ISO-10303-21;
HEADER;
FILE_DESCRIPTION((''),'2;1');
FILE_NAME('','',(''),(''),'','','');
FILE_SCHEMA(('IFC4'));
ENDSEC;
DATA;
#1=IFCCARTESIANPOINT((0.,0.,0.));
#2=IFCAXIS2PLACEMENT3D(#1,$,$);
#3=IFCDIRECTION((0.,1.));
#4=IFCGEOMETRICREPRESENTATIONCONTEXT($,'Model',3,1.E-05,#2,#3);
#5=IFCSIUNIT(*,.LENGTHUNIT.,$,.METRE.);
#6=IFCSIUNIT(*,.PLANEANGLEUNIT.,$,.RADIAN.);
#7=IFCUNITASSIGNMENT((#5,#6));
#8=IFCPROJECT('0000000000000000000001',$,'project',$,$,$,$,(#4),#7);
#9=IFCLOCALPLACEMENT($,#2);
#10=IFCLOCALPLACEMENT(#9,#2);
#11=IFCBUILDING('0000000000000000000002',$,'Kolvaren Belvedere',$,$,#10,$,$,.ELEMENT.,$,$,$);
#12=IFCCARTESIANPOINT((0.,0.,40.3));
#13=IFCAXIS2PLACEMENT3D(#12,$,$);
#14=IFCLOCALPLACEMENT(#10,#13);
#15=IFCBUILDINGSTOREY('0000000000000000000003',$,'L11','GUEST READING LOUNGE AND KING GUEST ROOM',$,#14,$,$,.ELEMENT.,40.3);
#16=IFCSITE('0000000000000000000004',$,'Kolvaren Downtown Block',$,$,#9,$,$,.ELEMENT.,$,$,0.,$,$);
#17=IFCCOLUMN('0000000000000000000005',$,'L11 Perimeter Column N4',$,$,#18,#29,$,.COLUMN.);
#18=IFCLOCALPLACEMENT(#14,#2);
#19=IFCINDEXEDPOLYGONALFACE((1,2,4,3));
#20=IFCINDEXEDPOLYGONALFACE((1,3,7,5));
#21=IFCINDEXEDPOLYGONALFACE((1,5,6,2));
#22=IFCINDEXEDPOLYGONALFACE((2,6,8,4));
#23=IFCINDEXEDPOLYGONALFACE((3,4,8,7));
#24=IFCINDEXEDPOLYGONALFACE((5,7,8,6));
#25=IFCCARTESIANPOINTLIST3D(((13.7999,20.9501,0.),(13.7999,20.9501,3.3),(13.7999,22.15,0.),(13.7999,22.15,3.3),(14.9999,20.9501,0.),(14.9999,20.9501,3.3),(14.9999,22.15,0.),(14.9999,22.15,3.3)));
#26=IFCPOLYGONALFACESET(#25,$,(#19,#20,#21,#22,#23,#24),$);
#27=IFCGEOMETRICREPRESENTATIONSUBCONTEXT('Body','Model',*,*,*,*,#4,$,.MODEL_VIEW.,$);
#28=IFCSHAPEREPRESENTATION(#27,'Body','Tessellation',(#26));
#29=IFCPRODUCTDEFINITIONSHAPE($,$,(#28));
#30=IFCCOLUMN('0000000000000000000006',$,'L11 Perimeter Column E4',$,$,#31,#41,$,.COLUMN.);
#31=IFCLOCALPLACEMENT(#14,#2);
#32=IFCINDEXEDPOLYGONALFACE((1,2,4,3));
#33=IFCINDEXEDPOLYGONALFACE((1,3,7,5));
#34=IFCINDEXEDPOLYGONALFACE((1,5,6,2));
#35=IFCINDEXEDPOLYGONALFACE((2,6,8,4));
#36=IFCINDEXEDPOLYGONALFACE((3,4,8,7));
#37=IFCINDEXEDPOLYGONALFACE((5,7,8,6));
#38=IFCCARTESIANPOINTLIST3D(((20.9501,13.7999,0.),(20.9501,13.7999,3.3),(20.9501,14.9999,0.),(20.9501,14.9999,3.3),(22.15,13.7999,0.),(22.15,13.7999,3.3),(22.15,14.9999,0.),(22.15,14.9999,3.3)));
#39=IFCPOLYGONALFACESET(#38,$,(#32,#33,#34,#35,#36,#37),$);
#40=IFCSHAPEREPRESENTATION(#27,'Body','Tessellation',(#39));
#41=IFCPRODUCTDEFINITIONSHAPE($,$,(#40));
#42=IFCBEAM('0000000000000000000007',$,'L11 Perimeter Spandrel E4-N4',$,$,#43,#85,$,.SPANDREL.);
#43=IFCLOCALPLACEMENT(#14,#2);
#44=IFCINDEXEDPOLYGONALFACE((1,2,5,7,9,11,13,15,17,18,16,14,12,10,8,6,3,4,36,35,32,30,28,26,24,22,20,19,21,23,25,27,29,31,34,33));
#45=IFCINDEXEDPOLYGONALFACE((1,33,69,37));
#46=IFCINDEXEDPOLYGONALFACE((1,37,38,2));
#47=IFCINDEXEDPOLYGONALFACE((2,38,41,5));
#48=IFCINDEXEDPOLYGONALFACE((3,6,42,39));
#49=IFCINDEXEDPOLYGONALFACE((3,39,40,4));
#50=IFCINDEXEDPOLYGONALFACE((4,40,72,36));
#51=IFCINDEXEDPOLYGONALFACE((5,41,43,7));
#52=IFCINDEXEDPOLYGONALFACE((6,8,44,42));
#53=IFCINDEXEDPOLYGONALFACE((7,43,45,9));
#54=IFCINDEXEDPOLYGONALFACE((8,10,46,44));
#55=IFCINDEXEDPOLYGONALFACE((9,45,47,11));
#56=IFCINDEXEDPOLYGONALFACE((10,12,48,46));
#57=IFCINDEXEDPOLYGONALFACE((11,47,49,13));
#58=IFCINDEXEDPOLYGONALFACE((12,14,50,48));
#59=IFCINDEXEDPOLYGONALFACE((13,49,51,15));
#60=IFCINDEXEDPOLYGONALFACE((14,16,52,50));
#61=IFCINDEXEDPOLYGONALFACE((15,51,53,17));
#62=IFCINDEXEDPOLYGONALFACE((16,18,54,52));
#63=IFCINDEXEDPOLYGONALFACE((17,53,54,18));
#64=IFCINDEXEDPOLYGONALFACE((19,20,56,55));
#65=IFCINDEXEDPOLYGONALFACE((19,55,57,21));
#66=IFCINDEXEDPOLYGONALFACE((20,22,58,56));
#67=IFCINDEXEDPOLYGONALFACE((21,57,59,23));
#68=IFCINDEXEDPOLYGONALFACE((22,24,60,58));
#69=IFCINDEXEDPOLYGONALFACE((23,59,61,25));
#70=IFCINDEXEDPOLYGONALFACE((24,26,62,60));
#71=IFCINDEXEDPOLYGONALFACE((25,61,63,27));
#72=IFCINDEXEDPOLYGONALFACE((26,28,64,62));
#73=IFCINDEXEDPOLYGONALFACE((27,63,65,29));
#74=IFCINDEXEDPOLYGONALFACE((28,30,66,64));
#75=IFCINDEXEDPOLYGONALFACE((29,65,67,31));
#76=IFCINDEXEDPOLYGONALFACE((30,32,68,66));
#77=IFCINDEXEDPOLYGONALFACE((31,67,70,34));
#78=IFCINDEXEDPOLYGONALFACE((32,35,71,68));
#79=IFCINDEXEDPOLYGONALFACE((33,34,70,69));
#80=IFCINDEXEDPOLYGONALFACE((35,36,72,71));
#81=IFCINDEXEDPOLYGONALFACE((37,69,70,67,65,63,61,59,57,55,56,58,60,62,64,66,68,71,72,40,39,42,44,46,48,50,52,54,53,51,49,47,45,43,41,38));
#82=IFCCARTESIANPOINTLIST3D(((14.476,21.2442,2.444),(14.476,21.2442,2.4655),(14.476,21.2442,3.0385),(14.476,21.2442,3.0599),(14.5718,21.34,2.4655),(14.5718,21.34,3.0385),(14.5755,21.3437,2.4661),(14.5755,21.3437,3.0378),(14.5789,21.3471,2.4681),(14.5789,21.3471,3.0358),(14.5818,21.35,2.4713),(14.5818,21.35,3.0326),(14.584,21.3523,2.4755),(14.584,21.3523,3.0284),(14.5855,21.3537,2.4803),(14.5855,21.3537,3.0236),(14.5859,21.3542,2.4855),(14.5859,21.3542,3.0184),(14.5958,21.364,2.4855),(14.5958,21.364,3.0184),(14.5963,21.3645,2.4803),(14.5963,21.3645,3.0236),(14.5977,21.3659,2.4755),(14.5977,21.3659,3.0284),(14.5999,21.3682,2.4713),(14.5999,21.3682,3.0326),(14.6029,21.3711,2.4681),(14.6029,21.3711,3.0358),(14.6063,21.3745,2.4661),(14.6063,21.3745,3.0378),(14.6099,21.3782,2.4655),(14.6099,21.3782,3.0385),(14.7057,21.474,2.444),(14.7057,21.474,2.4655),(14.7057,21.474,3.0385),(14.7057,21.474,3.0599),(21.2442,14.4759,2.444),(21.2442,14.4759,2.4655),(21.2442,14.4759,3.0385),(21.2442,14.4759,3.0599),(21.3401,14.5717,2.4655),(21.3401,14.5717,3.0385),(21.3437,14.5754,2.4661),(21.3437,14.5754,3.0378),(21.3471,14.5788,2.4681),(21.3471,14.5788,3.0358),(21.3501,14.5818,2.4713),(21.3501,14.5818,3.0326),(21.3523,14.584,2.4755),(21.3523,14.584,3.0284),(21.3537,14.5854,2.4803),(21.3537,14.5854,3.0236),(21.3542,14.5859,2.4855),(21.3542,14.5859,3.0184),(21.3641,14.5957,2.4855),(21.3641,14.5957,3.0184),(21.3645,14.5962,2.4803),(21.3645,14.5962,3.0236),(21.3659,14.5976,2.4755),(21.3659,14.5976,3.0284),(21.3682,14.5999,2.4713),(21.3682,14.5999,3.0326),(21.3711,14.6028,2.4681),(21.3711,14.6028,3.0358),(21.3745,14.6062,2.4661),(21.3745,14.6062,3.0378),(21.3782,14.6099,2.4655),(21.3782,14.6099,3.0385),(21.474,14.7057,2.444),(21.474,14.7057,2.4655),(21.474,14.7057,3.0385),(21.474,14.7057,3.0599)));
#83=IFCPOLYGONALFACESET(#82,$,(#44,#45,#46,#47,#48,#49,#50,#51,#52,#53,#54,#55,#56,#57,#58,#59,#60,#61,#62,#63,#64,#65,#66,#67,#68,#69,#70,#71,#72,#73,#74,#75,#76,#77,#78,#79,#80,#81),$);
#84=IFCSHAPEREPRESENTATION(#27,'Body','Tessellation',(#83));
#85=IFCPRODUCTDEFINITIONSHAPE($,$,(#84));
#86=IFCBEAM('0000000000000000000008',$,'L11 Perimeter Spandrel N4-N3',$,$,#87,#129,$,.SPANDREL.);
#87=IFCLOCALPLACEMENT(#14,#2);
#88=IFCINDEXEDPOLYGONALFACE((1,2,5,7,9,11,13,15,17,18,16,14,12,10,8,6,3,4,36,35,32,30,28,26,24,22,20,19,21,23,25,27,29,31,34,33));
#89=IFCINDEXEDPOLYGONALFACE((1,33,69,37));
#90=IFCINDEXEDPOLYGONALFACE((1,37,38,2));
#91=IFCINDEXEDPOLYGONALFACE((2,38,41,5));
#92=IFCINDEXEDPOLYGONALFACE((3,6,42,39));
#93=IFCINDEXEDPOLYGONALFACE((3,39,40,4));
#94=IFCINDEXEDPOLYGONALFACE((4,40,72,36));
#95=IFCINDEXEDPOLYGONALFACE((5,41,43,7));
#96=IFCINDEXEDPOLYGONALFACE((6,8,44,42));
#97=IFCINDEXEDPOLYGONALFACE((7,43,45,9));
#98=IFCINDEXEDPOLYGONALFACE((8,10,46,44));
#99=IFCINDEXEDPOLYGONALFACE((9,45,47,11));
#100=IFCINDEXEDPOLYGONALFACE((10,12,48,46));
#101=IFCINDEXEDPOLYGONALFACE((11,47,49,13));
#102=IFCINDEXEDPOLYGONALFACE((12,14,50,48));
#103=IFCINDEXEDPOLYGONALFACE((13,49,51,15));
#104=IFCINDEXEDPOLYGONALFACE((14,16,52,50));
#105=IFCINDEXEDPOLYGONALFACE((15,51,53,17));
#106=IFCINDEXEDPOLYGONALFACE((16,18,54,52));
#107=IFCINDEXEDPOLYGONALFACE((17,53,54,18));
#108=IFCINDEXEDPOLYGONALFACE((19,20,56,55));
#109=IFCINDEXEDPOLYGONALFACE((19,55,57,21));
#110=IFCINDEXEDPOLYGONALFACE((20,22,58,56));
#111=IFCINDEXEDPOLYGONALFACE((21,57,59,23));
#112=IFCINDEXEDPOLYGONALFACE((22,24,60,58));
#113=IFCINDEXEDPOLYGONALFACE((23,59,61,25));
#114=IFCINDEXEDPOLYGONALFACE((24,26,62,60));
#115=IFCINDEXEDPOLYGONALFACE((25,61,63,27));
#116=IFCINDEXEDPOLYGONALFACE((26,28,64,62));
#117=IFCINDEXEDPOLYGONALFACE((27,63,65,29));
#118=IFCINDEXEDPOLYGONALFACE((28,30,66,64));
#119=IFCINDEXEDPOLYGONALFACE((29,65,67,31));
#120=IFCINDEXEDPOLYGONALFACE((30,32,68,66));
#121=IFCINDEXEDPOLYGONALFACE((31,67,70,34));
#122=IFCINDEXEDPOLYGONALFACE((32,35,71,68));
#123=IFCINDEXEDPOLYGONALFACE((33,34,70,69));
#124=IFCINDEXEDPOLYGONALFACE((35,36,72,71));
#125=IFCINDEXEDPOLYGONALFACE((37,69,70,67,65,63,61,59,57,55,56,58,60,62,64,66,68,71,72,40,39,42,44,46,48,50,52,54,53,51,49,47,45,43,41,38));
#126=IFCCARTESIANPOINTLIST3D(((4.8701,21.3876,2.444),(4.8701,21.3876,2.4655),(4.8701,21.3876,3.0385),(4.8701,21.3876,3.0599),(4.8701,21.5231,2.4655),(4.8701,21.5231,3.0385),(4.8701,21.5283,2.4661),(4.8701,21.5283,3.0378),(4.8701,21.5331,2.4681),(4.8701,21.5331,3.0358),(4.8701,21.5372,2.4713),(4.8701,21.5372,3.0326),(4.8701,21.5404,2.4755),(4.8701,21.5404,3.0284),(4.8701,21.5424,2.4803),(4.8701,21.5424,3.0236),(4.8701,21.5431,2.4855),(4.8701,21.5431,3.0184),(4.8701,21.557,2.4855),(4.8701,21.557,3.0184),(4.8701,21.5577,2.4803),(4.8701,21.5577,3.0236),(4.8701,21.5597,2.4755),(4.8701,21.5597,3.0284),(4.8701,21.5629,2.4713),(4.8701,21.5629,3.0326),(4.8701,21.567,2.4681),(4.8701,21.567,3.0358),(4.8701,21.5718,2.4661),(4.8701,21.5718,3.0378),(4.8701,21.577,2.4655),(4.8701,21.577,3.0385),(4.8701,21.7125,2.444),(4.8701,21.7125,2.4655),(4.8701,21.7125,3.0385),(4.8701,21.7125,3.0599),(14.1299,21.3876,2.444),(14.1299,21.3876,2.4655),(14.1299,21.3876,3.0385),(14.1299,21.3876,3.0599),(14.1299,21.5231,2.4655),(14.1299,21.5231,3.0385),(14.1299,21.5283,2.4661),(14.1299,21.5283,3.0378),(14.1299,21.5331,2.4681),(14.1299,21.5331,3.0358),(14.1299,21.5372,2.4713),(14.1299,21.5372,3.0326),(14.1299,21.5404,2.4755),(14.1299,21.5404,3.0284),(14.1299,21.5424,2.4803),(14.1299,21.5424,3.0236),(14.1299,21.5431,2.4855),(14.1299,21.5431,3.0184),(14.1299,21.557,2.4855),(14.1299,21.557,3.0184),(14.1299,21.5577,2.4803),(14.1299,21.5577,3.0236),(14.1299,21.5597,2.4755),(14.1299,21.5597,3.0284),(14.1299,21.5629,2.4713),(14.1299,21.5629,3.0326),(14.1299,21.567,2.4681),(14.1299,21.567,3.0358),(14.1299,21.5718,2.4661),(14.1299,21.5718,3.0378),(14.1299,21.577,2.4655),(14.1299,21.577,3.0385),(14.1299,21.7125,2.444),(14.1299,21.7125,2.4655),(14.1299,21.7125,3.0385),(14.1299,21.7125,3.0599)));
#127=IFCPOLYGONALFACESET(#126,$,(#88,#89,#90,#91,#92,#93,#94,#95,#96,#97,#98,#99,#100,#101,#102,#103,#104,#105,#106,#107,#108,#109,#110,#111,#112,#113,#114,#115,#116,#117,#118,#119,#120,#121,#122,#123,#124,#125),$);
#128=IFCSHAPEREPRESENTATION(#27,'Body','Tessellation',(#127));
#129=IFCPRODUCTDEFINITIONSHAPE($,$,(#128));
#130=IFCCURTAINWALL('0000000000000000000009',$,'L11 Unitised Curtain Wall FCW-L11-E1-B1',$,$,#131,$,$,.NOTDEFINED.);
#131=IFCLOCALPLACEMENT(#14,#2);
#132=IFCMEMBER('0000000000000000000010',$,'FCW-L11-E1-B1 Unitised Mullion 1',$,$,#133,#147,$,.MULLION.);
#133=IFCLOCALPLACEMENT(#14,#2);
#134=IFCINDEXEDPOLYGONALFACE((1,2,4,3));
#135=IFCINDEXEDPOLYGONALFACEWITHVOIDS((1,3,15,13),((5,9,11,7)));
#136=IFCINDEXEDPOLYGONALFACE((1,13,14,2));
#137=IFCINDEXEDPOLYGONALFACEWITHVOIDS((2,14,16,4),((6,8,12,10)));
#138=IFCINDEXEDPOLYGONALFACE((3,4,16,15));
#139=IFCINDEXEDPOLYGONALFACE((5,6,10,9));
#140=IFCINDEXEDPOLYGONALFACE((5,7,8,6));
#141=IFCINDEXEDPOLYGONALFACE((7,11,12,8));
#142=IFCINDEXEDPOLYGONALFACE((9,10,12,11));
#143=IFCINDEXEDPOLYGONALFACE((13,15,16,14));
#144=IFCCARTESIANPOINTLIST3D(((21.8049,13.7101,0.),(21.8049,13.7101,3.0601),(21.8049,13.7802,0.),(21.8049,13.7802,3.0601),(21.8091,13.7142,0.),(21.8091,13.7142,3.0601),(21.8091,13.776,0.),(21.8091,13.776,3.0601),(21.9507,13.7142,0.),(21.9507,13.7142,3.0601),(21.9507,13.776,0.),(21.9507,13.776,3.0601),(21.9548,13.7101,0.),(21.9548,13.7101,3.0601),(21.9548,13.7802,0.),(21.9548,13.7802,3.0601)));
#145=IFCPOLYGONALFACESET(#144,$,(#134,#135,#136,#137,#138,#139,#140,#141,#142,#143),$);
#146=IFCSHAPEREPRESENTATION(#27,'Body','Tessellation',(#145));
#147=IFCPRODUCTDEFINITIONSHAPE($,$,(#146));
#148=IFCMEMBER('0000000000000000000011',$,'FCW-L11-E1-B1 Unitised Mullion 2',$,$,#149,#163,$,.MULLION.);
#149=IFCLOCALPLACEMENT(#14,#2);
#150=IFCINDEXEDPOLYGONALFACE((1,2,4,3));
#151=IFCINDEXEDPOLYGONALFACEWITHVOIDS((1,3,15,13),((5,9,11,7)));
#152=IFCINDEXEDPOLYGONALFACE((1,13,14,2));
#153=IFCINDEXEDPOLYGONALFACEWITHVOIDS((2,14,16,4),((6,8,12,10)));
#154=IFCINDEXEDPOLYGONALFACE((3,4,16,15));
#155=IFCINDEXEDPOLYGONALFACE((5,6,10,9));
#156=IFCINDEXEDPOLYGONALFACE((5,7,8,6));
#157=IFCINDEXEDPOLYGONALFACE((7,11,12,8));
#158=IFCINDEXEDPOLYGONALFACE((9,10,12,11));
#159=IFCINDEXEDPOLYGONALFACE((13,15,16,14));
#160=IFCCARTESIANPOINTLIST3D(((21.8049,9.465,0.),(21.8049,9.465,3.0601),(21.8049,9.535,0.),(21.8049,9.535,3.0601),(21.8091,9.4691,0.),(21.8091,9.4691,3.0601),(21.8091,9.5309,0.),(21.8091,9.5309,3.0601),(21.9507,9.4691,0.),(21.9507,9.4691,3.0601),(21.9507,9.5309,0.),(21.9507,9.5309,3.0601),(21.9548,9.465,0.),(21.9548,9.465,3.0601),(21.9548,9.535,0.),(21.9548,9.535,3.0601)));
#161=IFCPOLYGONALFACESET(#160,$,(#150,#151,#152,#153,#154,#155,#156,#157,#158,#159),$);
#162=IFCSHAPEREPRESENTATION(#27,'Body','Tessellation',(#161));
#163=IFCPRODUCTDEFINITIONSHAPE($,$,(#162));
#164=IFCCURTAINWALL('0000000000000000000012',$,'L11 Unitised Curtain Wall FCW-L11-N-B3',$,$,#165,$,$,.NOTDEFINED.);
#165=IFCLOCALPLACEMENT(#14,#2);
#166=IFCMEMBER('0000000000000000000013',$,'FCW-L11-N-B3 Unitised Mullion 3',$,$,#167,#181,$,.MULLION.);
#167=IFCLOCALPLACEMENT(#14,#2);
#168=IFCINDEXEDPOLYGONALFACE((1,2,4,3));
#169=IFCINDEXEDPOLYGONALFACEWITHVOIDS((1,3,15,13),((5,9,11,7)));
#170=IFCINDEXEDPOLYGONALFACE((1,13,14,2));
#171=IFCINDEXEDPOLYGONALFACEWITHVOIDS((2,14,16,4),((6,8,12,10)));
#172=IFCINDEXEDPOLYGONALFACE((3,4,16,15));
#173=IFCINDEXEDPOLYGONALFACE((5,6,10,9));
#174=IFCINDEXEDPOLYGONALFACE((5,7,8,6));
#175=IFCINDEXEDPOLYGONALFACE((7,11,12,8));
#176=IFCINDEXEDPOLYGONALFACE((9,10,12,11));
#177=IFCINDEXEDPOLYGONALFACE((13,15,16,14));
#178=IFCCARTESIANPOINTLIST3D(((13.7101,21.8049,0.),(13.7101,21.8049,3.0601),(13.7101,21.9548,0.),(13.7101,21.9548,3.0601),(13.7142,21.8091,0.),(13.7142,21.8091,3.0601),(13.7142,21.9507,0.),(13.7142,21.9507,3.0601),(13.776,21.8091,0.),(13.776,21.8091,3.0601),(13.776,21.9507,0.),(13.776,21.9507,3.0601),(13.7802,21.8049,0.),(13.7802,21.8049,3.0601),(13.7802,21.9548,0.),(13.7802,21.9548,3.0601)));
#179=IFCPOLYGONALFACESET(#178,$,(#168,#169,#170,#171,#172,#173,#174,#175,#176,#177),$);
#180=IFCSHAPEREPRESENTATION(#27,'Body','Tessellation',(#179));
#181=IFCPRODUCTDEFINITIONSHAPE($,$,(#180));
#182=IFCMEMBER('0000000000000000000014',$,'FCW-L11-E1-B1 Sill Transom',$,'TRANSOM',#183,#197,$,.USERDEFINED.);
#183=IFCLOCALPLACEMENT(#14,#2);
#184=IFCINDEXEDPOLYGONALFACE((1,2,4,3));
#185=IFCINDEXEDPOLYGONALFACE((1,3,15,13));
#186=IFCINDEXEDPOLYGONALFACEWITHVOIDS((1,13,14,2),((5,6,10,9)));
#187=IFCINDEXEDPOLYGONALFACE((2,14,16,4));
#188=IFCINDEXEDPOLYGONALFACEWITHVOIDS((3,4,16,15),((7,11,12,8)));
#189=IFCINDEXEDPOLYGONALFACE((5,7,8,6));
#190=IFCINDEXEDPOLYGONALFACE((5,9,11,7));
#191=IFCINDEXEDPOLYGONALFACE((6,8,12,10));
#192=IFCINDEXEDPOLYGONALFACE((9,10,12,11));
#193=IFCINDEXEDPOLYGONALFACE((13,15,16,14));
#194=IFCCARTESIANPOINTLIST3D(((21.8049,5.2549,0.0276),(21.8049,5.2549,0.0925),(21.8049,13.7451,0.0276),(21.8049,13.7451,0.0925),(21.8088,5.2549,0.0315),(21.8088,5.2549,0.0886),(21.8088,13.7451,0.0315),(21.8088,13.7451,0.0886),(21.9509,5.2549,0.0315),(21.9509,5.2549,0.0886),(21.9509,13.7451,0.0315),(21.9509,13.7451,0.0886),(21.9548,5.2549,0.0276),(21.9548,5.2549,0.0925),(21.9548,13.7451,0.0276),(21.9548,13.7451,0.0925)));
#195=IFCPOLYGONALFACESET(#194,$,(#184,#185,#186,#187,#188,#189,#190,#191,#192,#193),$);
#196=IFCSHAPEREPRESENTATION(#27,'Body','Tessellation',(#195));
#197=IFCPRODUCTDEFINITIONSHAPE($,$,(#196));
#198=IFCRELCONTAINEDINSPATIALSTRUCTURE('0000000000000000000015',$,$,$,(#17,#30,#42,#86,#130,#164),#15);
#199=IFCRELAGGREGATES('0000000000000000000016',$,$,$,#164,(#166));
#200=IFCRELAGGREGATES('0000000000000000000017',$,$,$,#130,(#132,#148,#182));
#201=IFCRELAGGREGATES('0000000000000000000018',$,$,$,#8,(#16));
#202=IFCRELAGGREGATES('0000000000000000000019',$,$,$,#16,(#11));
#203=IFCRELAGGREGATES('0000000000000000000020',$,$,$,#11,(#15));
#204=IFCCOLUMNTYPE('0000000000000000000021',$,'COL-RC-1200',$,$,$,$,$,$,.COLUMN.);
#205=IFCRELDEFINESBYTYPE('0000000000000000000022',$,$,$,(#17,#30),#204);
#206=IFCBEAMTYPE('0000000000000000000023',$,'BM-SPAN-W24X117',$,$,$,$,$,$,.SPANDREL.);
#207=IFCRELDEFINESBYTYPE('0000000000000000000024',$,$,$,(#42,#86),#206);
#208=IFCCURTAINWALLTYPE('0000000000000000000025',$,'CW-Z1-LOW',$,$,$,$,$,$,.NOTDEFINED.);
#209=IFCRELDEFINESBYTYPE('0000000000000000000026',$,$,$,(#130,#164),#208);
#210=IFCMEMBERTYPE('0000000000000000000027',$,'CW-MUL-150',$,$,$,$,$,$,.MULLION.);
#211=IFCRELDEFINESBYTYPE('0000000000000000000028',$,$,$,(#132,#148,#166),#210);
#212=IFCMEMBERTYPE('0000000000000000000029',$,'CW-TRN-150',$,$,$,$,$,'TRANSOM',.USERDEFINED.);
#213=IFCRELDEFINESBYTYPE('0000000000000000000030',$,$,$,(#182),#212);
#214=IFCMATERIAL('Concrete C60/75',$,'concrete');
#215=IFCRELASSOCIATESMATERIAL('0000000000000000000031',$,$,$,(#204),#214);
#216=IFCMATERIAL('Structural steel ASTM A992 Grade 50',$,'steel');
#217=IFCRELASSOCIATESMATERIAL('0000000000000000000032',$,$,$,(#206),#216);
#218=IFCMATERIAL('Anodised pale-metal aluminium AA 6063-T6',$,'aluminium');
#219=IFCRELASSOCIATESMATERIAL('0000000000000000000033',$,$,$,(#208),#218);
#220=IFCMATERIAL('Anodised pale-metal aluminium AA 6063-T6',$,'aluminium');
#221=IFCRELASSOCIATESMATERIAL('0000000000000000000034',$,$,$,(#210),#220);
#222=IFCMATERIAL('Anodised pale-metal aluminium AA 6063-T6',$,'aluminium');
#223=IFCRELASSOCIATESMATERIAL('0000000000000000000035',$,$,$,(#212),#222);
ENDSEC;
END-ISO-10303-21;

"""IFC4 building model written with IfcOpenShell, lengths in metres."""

from ifc_helpers import new_model, si_unit, direction, frame, origin, origin_2d, place, context, subcontext, project, spatial, rectangle, hollow_rectangle, i_section, extrude, material, material_profile, profile_set, type_object, element, aggregate, save


model = new_model("IFC4")

# Units and contexts
model_context = context("Model", 3, precision=1e-05, world=origin(), true_north=direction((0.0, 1.0)))
body_context = subcontext(model_context, "Body", "Model", "MODEL_VIEW")
ifc_project = project(units=[si_unit("LENGTHUNIT", "METRE"), si_unit("PLANEANGLEUNIT", "RADIAN")], contexts=[model_context])

# Site, building, storey
site_placement = place(None, origin())
site = spatial("IfcSite", under=ifc_project, at=site_placement, Name="Kolvaren Downtown Block", CompositionType="ELEMENT", RefElevation=0.0)
building_placement = place(site_placement, origin())
building = spatial("IfcBuilding", under=site, at=building_placement, Name="Kolvaren Belvedere", CompositionType="ELEMENT")
storey_placement = place(building_placement, frame((0.0, 0.0, 40.3)))
storey = spatial("IfcBuildingStorey", under=building, at=storey_placement, Name="L11", Description="GUEST READING LOUNGE AND KING GUEST ROOM", CompositionType="ELEMENT", Elevation=40.3)

# Columns
ifc_material_1 = material(Name="Concrete C60/75", Category="concrete")
ifc_material_profile_1 = material_profile(ifc_material_1, rectangle(XDim=1.2, YDim=1.2, at=origin_2d()), Name="RC 1200X1200")
ifc_profile_set_1 = profile_set([ifc_material_profile_1], Name="Concrete C60/75")
column_type = type_object("IfcColumnType", Name="COL-RC-1200", PredefinedType="COLUMN", material=ifc_profile_set_1)
for number, where, z_axis, x_axis, name in (
    (1, (14.3999, 21.55, 0.0), (0.0, 0.0, 1.0), (1.0, 0.0, 0.0), "L11 Perimeter Column N4"),
    (2, (21.55, 14.3999, 0.0), (0.0, 0.0, 1.0), (1.0, 0.0, 0.0), "L11 Perimeter Column E4"),
):
    element("IfcColumn", number, at=place(storey_placement, frame(where, z_axis=z_axis, x_axis=x_axis)), inside=storey, type_object=column_type, Name=name, PredefinedType="COLUMN", context=body_context, shape_type="SweptSolid", body=[
        extrude(rectangle(XDim=1.2, YDim=1.2, at=origin_2d()), origin(), (0.0, 0.0, 1.0), 3.3),
    ])

# Beams
ifc_material_2 = material(Name="Structural steel ASTM A992 Grade 50", Category="steel")
ifc_material_profile_2 = material_profile(ifc_material_2, i_section(OverallWidth=0.325, OverallDepth=0.616, WebThickness=0.0139, FlangeThickness=0.0215, FilletRadius=0.02, at=origin_2d()), Name="W24X117")
ifc_profile_set_2 = profile_set([ifc_material_profile_2], Name="Structural steel ASTM A992 Grade 50")
beam_type = type_object("IfcBeamType", Name="BM-SPAN-W24X117", PredefinedType="SPANDREL", material=ifc_profile_set_2)
beam_1_placement = place(storey_placement, frame((21.3591, 14.5908, 2.752), z_axis=(-0.707107, 0.707107, 0.0), x_axis=(-0.707107, -0.707107, 0.0)))
element("IfcBeam", 3, at=beam_1_placement, inside=storey, type_object=beam_type, Name="L11 Perimeter Spandrel E4-N4", PredefinedType="SPANDREL", context=body_context, shape_type="SweptSolid", body=[
    extrude(i_section(OverallWidth=0.325, OverallDepth=0.616, WebThickness=0.0139, FlangeThickness=0.0215, FilletRadius=0.02, at=origin_2d()), origin(), (0.0, 0.0, 1.0), 9.5718),
])
beam_2_placement = place(storey_placement, frame((14.1299, 21.55, 2.752), z_axis=(-1.0, 0.0, 0.0), x_axis=(0.0, -1.0, 0.0)))
element("IfcBeam", 4, at=beam_2_placement, inside=storey, type_object=beam_type, Name="L11 Perimeter Spandrel N4-N3", PredefinedType="SPANDREL", context=body_context, shape_type="SweptSolid", body=[
    extrude(i_section(OverallWidth=0.325, OverallDepth=0.616, WebThickness=0.0139, FlangeThickness=0.0215, FilletRadius=0.02, at=origin_2d()), origin(), (0.0, 0.0, 1.0), 9.2598),
])

# Curtain wall, members
ifc_material_3 = material(Name="Anodised pale-metal aluminium AA 6063-T6", Category="aluminium")
curtain_wall_type = type_object("IfcCurtainWallType", Name="CW-Z1-LOW", PredefinedType="NOTDEFINED", material=ifc_material_3)
curtain_wall_1_placement = place(storey_placement, origin())
curtain_wall_1 = element("IfcCurtainWall", 5, at=curtain_wall_1_placement, inside=storey, type_object=curtain_wall_type, Name="L11 Unitised Curtain Wall FCW-L11-E1-B1", PredefinedType="NOTDEFINED")
ifc_material_4 = material(Name="Anodised pale-metal aluminium AA 6063-T6", Category="aluminium")
ifc_material_profile_3 = material_profile(ifc_material_4, hollow_rectangle(XDim=0.0701, YDim=0.1499, WallThickness=0.0042, at=origin_2d()), Name="ALU-MUL-150X70")
ifc_profile_set_3 = profile_set([ifc_material_profile_3], Name="Anodised pale-metal aluminium AA 6063-T6")
member_type_1 = type_object("IfcMemberType", Name="CW-MUL-150", PredefinedType="MULLION", material=ifc_profile_set_3)
member_1_placement = place(storey_placement, frame((21.8799, 13.7451, 0.0), z_axis=(0.0, 0.0, 1.0), x_axis=(0.0, 1.0, 0.0)))
member_1 = element("IfcMember", 6, at=member_1_placement, type_object=member_type_1, Name="FCW-L11-E1-B1 Unitised Mullion 1", PredefinedType="MULLION", context=body_context, shape_type="SweptSolid", body=[
    extrude(hollow_rectangle(XDim=0.0701, YDim=0.1499, WallThickness=0.0042, at=origin_2d()), origin(), (0.0, 0.0, 1.0), 3.0601),
])
member_2_placement = place(storey_placement, frame((21.8799, 9.5, 0.0), z_axis=(0.0, 0.0, 1.0), x_axis=(0.0, 1.0, 0.0)))
member_2 = element("IfcMember", 7, at=member_2_placement, type_object=member_type_1, Name="FCW-L11-E1-B1 Unitised Mullion 2", PredefinedType="MULLION", context=body_context, shape_type="SweptSolid", body=[
    extrude(hollow_rectangle(XDim=0.0701, YDim=0.1499, WallThickness=0.0042, at=origin_2d()), origin(), (0.0, 0.0, 1.0), 3.0601),
])

# Curtain wall, member
curtain_wall_2_placement = place(storey_placement, origin())
curtain_wall_2 = element("IfcCurtainWall", 8, at=curtain_wall_2_placement, inside=storey, type_object=curtain_wall_type, Name="L11 Unitised Curtain Wall FCW-L11-N-B3", PredefinedType="NOTDEFINED")
member_3_placement = place(storey_placement, frame((13.7451, 21.8799, 0.0), z_axis=(0.0, 0.0, 1.0), x_axis=(1.0, 0.0, 0.0)))
member_3 = element("IfcMember", 9, at=member_3_placement, type_object=member_type_1, Name="FCW-L11-N-B3 Unitised Mullion 3", PredefinedType="MULLION", context=body_context, shape_type="SweptSolid", body=[
    extrude(hollow_rectangle(XDim=0.0701, YDim=0.1499, WallThickness=0.0042, at=origin_2d()), origin(), (0.0, 0.0, 1.0), 3.0601),
])
aggregate(curtain_wall_2, [member_3])

# Member
ifc_material_5 = material(Name="Anodised pale-metal aluminium AA 6063-T6", Category="aluminium")
ifc_material_profile_4 = material_profile(ifc_material_5, hollow_rectangle(XDim=0.0649, YDim=0.1499, WallThickness=0.0039, at=origin_2d()), Name="ALU-TRN-150X65")
ifc_profile_set_4 = profile_set([ifc_material_profile_4], Name="Anodised pale-metal aluminium AA 6063-T6")
member_type_2 = type_object("IfcMemberType", Name="CW-TRN-150", ElementType="TRANSOM", PredefinedType="USERDEFINED", material=ifc_profile_set_4)
member_4_placement = place(storey_placement, frame((21.8799, 13.7451, 0.0601), z_axis=(0.0, -1.0, 0.0), x_axis=(0.0, 0.0, 1.0)))
member_4 = element("IfcMember", 10, at=member_4_placement, type_object=member_type_2, Name="FCW-L11-E1-B1 Sill Transom", ObjectType="TRANSOM", PredefinedType="USERDEFINED", context=body_context, shape_type="SweptSolid", body=[
    extrude(hollow_rectangle(XDim=0.0649, YDim=0.1499, WallThickness=0.0039, at=origin_2d()), origin(), (0.0, 0.0, 1.0), 8.4902),
])

aggregate(curtain_wall_1, [member_1, member_2, member_4])

save(model, "model.ifc")
